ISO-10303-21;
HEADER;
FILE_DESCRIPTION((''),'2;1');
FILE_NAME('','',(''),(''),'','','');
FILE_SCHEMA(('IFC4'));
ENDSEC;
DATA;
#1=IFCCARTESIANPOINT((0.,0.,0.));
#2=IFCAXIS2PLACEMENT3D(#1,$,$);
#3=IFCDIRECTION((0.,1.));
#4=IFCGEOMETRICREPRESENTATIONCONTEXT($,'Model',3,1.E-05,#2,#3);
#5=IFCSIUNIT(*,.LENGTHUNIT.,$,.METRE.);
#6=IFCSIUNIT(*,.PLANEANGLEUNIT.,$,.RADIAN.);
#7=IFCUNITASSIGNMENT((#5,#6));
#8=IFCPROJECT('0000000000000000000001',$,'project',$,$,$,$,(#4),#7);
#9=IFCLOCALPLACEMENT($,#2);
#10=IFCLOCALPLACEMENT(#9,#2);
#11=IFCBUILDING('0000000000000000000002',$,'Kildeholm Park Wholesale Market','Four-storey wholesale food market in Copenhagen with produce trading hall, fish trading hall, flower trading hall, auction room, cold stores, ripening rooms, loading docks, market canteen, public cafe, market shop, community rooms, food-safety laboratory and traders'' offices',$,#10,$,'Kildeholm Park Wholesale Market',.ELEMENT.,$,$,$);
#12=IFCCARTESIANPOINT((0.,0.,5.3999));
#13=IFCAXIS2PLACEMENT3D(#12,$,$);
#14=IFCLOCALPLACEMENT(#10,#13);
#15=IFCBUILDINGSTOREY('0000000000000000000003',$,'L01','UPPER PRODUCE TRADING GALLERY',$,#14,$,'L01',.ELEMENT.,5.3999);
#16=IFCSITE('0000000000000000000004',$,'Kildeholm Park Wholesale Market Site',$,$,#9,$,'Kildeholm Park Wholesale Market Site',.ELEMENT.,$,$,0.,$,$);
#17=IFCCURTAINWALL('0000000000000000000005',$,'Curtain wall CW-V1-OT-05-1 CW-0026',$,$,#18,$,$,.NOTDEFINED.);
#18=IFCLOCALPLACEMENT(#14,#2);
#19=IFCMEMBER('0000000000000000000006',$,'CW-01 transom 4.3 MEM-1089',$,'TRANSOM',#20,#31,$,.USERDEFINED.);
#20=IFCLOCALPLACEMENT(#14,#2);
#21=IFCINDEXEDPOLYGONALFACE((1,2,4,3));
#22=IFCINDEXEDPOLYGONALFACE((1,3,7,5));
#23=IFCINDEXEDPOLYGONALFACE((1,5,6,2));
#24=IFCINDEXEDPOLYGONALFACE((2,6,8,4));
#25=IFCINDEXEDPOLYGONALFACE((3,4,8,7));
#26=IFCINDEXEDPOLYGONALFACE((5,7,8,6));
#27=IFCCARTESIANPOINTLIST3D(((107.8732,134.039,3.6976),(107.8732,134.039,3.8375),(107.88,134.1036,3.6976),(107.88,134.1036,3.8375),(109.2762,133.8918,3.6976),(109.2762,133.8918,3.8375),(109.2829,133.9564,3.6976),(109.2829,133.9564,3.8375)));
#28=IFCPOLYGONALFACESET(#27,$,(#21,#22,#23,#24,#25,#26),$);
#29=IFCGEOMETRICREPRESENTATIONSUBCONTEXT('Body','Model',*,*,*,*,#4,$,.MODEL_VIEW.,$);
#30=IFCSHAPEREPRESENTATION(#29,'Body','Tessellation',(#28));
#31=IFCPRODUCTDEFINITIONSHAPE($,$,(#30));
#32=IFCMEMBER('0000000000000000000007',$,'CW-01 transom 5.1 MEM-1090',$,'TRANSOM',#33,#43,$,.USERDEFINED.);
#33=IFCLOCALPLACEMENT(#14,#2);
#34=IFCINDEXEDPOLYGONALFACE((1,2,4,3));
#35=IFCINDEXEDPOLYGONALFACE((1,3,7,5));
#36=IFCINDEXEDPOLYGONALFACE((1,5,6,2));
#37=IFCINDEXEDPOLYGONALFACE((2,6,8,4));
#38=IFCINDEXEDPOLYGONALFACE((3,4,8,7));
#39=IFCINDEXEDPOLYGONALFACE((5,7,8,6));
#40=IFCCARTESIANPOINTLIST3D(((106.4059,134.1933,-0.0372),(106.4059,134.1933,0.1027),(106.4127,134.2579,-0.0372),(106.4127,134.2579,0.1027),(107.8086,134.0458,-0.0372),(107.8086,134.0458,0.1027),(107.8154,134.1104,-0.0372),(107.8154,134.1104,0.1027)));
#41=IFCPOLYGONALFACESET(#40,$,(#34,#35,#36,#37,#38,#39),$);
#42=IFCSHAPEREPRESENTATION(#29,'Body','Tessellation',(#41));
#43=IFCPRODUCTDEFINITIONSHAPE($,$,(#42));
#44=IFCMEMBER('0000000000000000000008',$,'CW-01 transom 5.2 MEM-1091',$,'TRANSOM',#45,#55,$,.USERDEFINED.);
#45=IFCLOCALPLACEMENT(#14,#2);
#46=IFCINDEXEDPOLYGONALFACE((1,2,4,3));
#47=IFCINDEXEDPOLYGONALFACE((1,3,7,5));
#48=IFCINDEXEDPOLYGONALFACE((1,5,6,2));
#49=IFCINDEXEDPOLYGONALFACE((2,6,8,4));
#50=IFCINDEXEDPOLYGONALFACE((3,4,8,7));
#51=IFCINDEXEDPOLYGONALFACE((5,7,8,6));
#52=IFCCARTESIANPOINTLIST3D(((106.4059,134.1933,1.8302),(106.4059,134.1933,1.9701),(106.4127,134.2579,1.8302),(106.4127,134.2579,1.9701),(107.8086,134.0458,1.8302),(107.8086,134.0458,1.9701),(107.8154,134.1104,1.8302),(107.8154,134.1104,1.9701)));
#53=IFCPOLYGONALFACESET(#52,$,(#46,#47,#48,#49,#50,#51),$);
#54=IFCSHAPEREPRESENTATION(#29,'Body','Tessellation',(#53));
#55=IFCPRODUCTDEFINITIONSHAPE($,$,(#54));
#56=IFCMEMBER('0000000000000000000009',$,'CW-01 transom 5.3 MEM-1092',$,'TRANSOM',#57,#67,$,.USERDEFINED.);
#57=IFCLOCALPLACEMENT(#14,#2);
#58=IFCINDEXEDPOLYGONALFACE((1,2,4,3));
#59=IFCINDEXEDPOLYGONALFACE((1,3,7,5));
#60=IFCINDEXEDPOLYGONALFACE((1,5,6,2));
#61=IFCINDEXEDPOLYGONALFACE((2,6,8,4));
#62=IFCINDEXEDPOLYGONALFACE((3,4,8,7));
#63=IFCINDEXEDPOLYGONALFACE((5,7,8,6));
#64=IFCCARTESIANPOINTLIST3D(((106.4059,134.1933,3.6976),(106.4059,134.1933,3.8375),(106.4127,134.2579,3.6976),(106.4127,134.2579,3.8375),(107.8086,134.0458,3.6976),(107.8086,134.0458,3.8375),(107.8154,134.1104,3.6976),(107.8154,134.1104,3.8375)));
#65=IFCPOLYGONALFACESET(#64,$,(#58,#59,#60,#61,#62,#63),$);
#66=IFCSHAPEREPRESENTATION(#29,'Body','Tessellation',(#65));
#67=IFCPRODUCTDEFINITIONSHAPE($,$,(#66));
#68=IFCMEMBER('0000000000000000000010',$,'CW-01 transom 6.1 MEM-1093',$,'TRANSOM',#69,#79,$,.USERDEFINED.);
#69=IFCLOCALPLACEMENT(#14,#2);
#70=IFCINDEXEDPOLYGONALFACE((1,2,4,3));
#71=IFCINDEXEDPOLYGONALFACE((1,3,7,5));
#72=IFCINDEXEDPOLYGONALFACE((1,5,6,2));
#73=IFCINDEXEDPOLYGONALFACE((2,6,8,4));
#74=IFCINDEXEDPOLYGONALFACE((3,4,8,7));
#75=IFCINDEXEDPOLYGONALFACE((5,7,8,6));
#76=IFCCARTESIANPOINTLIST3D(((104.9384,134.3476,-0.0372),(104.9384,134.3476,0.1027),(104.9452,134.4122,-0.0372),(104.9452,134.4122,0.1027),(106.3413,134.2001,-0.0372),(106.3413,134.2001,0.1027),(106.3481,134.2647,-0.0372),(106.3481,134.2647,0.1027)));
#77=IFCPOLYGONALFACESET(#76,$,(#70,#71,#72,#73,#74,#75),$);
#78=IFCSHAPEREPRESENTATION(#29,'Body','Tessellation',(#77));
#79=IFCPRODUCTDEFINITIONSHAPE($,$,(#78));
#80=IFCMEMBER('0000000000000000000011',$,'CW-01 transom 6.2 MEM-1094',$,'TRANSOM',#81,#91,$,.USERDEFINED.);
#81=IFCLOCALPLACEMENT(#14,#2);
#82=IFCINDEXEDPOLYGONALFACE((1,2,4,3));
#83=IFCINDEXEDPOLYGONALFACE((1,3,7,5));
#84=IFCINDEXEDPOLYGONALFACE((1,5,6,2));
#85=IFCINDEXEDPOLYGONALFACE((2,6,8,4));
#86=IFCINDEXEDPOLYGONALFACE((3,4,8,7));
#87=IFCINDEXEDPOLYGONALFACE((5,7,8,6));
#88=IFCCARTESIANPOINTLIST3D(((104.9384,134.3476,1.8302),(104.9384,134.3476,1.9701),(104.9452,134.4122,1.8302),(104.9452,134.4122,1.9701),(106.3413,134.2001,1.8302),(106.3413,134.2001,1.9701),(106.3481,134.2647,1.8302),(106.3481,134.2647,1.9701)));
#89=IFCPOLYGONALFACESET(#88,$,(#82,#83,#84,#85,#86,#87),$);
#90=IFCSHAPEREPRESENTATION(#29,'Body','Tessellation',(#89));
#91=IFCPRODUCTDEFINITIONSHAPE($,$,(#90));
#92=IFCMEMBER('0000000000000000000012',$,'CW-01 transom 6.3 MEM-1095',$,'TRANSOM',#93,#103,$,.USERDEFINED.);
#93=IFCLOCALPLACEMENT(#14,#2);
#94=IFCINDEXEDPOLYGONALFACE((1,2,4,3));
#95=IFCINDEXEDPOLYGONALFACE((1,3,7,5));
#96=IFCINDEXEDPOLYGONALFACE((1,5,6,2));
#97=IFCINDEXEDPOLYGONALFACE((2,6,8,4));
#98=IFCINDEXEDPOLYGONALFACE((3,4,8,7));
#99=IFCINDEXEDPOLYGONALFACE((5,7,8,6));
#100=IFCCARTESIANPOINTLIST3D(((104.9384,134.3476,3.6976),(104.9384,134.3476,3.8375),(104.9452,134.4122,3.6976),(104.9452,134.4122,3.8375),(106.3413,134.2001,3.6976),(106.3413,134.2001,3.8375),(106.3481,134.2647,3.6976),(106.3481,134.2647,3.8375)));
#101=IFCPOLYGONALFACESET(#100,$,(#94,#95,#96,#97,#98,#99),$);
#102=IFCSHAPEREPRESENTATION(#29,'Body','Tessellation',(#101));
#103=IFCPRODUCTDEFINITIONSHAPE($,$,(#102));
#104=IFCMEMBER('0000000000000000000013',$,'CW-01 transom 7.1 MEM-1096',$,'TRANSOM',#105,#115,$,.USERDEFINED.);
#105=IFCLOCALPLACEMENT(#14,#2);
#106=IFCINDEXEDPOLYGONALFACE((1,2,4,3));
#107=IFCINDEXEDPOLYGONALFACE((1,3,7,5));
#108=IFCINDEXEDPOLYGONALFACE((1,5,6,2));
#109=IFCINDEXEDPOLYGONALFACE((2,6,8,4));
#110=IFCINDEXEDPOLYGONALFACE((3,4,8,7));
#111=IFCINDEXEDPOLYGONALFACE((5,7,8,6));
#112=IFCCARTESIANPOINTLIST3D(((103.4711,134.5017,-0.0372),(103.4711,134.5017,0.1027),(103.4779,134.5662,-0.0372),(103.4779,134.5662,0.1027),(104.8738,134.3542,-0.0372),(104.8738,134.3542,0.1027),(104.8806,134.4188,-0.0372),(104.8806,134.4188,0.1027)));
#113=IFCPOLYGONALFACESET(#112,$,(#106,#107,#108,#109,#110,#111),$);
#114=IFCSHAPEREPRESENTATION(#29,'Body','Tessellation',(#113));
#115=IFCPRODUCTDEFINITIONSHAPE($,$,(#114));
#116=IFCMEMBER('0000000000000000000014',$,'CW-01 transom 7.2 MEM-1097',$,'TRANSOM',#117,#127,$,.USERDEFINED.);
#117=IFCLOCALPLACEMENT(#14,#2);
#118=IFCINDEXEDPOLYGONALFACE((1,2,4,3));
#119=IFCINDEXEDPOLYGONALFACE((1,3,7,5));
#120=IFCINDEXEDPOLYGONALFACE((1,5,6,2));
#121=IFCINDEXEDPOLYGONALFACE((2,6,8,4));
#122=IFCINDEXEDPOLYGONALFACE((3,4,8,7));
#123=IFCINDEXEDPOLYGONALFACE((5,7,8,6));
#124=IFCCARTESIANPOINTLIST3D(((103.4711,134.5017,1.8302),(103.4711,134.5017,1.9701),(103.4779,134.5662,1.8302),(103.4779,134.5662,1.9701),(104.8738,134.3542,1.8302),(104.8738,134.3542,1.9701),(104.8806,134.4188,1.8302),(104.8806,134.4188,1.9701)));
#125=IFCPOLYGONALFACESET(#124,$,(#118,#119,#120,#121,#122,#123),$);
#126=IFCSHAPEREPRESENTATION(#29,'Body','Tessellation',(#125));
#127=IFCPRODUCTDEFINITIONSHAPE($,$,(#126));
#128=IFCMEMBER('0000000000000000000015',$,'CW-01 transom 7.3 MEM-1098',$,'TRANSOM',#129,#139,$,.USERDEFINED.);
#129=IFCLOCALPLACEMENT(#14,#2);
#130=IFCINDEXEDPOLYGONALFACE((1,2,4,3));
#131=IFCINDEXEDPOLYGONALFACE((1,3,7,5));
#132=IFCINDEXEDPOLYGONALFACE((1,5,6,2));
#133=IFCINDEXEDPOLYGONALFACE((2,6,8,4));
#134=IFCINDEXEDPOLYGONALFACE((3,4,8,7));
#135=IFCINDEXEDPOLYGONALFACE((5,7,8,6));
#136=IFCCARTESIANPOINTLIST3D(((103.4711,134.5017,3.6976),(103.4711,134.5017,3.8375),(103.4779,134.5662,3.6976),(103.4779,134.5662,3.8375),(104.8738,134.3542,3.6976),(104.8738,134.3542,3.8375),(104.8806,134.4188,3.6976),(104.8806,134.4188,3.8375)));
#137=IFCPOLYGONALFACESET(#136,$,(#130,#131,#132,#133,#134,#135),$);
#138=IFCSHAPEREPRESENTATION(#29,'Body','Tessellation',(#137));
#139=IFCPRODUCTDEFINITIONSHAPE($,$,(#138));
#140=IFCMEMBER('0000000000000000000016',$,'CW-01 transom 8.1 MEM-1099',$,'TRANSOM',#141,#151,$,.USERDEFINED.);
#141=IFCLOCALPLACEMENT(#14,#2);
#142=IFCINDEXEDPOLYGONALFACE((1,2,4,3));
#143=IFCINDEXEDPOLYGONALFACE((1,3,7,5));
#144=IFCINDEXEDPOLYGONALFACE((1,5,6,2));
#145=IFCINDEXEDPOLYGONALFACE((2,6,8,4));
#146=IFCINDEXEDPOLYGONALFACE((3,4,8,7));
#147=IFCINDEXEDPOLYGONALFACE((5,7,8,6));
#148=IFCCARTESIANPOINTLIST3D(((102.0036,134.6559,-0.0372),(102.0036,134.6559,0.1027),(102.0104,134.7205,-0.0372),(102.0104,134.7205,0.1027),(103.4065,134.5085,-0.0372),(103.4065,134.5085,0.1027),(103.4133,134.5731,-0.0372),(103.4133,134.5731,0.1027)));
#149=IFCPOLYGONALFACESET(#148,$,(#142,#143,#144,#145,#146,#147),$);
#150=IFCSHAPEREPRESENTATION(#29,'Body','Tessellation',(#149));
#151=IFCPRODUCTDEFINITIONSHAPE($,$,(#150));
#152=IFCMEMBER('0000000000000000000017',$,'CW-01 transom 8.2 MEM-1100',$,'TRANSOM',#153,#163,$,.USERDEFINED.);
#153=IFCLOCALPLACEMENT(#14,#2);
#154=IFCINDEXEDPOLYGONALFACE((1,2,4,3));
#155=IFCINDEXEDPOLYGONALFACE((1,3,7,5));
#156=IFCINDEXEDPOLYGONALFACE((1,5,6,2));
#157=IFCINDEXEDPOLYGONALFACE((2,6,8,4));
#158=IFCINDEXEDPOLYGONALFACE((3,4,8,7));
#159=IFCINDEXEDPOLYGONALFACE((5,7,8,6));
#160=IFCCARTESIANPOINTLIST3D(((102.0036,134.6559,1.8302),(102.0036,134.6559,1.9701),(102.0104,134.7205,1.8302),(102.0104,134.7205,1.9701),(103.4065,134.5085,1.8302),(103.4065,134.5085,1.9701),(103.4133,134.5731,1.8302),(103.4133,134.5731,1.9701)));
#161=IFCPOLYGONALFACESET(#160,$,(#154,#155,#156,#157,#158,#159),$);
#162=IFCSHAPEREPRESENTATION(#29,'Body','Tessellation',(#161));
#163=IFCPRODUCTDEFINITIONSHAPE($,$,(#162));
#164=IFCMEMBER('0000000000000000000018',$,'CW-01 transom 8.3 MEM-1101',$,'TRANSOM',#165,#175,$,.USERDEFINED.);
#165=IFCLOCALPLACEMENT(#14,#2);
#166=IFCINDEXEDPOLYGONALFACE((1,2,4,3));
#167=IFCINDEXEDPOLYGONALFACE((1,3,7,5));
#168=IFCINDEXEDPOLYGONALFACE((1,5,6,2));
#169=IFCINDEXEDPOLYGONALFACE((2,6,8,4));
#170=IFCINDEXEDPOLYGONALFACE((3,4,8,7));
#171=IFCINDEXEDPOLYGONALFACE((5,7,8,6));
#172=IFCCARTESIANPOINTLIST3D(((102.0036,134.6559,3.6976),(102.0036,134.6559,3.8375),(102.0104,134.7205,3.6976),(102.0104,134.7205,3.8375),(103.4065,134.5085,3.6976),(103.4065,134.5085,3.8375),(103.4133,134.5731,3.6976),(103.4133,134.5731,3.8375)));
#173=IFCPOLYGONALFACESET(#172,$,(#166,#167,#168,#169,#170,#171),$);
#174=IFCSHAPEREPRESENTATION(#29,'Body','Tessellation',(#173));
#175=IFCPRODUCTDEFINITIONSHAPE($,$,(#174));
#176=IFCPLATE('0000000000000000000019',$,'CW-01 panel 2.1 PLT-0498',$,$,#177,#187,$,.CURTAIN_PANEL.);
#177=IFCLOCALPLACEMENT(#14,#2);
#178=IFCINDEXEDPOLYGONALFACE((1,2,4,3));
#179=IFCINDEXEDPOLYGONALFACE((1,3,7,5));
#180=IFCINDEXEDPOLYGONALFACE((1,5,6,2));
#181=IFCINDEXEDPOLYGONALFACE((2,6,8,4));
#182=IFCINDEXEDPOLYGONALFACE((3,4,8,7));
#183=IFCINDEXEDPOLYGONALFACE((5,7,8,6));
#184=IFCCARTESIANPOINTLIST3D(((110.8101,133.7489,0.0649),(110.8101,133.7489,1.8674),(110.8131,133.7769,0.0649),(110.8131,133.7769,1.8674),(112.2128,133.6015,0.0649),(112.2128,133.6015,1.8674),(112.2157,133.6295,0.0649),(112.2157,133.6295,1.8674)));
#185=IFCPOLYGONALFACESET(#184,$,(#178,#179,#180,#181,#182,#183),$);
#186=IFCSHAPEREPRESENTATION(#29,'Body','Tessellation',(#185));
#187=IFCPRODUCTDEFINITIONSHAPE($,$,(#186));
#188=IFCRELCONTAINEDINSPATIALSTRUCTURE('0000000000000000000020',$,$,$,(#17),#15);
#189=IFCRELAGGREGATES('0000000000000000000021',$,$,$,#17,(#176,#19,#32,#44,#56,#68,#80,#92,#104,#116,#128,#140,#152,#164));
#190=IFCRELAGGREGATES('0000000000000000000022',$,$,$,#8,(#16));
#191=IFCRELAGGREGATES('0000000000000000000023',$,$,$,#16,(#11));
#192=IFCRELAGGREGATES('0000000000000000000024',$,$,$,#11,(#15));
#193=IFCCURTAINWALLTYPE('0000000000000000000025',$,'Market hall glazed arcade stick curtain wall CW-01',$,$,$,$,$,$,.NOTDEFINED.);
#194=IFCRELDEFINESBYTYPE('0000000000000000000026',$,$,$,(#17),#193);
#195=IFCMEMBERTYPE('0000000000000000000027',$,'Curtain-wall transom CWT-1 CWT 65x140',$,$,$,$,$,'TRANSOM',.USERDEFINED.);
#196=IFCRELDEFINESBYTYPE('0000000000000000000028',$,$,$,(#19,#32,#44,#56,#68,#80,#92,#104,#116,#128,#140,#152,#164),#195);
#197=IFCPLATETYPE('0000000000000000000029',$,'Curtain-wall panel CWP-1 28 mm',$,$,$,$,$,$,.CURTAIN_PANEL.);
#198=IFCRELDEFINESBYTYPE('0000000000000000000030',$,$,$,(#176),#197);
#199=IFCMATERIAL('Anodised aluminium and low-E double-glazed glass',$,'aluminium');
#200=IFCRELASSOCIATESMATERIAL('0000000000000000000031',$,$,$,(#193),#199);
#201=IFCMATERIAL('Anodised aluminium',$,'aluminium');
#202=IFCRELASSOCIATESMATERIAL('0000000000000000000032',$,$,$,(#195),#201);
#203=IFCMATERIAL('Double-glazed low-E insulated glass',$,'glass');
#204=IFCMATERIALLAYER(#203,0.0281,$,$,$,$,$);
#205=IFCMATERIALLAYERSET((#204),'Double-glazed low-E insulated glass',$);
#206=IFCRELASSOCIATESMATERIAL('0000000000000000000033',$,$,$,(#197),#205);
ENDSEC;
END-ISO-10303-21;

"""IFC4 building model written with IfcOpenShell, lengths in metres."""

from ifc_helpers import new_model, si_unit, direction, frame, origin, origin_2d, place, context, subcontext, project, spatial, rectangle, extrude, material, layer, layer_set, material_profile, profile_set, type_object, element, aggregate, save


model = new_model("IFC4")

# Units and contexts
model_context = context("Model", 3, precision=1e-05, world=origin(), true_north=direction((0.0, 1.0)))
body_context = subcontext(model_context, "Body", "Model", "MODEL_VIEW")
ifc_project = project(units=[si_unit("LENGTHUNIT", "METRE"), si_unit("PLANEANGLEUNIT", "RADIAN")], contexts=[model_context])

# Site, building, storey
site_placement = place(None, origin())
site = spatial("IfcSite", under=ifc_project, at=site_placement, Name="Kildeholm Park Wholesale Market Site", LongName="Kildeholm Park Wholesale Market Site", CompositionType="ELEMENT", RefElevation=0.0)
building_placement = place(site_placement, origin())
building = spatial("IfcBuilding", under=site, at=building_placement, Name="Kildeholm Park Wholesale Market", Description="Four-storey wholesale food market in Copenhagen with produce trading hall, fish trading hall, flower trading hall, auction room, cold stores, ripening rooms, loading docks, market canteen, public cafe, market shop, community rooms, food-safety laboratory and traders' offices", LongName="Kildeholm Park Wholesale Market", CompositionType="ELEMENT")
storey_placement = place(building_placement, frame((0.0, 0.0, 5.3999)))
storey = spatial("IfcBuildingStorey", under=building, at=storey_placement, Name="L01", Description="UPPER PRODUCE TRADING GALLERY", LongName="L01", CompositionType="ELEMENT", Elevation=5.3999)

# Curtain wall, members, plate
ifc_material_1 = material(Name="Anodised aluminium and low-E double-glazed glass", Category="aluminium")
curtain_wall_type = type_object("IfcCurtainWallType", Name="Market hall glazed arcade stick curtain wall CW-01", PredefinedType="NOTDEFINED", material=ifc_material_1)
curtain_wall_placement = place(storey_placement, origin())
curtain_wall = element("IfcCurtainWall", 1, at=curtain_wall_placement, inside=storey, type_object=curtain_wall_type, Name="Curtain wall CW-V1-OT-05-1 CW-0026", PredefinedType="NOTDEFINED")
ifc_material_2 = material(Name="Anodised aluminium", Category="aluminium")
ifc_material_profile_1 = material_profile(ifc_material_2, rectangle(XDim=0.0649, YDim=0.1399, at=origin_2d()), Name="CWT 65x140")
ifc_profile_set_1 = profile_set([ifc_material_profile_1], Name="Anodised aluminium")
member_type_1 = type_object("IfcMemberType", Name="Curtain-wall transom CWT-1 CWT 65x140", ElementType="TRANSOM", PredefinedType="USERDEFINED", material=ifc_profile_set_1)
member_1_placement = place(storey_placement, frame((109.2795, 133.9241, 3.7676), z_axis=(-0.994539, 0.104369, 0.0), x_axis=(-0.104369, -0.994539, 0.0)))
member_1 = element("IfcMember", 2, at=member_1_placement, type_object=member_type_1, Name="CW-01 transom 4.3 MEM-1089", ObjectType="TRANSOM", PredefinedType="USERDEFINED", context=body_context, shape_type="SweptSolid", body=[
    extrude(rectangle(XDim=0.0649, YDim=0.1399, at=origin_2d()), origin(), (0.0, 0.0, 1.0), 1.4106),
])
member_2_placement = place(storey_placement, frame((107.812, 134.0781, 0.0327), z_axis=(-0.994519, 0.104559, 0.0), x_axis=(-0.104559, -0.994519, 0.0)))
member_2 = element("IfcMember", 3, at=member_2_placement, type_object=member_type_1, Name="CW-01 transom 5.1 MEM-1090", ObjectType="TRANSOM", PredefinedType="USERDEFINED", context=body_context, shape_type="SweptSolid", body=[
    extrude(rectangle(XDim=0.0649, YDim=0.1399, at=origin_2d()), origin(), (0.0, 0.0, 1.0), 1.4104),
])
member_3_placement = place(storey_placement, frame((107.812, 134.0781, 1.9001), z_axis=(-0.994519, 0.104559, 0.0), x_axis=(-0.104559, -0.994519, 0.0)))
member_3 = element("IfcMember", 4, at=member_3_placement, type_object=member_type_1, Name="CW-01 transom 5.2 MEM-1091", ObjectType="TRANSOM", PredefinedType="USERDEFINED", context=body_context, shape_type="SweptSolid", body=[
    extrude(rectangle(XDim=0.0649, YDim=0.1399, at=origin_2d()), origin(), (0.0, 0.0, 1.0), 1.4104),
])
member_4_placement = place(storey_placement, frame((107.812, 134.0781, 3.7676), z_axis=(-0.994519, 0.104559, 0.0), x_axis=(-0.104559, -0.994519, 0.0)))
member_4 = element("IfcMember", 5, at=member_4_placement, type_object=member_type_1, Name="CW-01 transom 5.3 MEM-1092", ObjectType="TRANSOM", PredefinedType="USERDEFINED", context=body_context, shape_type="SweptSolid", body=[
    extrude(rectangle(XDim=0.0649, YDim=0.1399, at=origin_2d()), origin(), (0.0, 0.0, 1.0), 1.4104),
])
member_5_placement = place(storey_placement, frame((106.3447, 134.2324, 0.0327), z_axis=(-0.994521, 0.104541, 0.0), x_axis=(-0.104541, -0.994521, 0.0)))
member_5 = element("IfcMember", 6, at=member_5_placement, type_object=member_type_1, Name="CW-01 transom 6.1 MEM-1093", ObjectType="TRANSOM", PredefinedType="USERDEFINED", context=body_context, shape_type="SweptSolid", body=[
    extrude(rectangle(XDim=0.0649, YDim=0.1399, at=origin_2d()), origin(), (0.0, 0.0, 1.0), 1.4106),
])
member_6_placement = place(storey_placement, frame((106.3447, 134.2324, 1.9001), z_axis=(-0.994521, 0.104541, 0.0), x_axis=(-0.104541, -0.994521, 0.0)))
member_6 = element("IfcMember", 7, at=member_6_placement, type_object=member_type_1, Name="CW-01 transom 6.2 MEM-1094", ObjectType="TRANSOM", PredefinedType="USERDEFINED", context=body_context, shape_type="SweptSolid", body=[
    extrude(rectangle(XDim=0.0649, YDim=0.1399, at=origin_2d()), origin(), (0.0, 0.0, 1.0), 1.4106),
])
member_7_placement = place(storey_placement, frame((106.3447, 134.2324, 3.7676), z_axis=(-0.994521, 0.104541, 0.0), x_axis=(-0.104541, -0.994521, 0.0)))
member_7 = element("IfcMember", 8, at=member_7_placement, type_object=member_type_1, Name="CW-01 transom 6.3 MEM-1095", ObjectType="TRANSOM", PredefinedType="USERDEFINED", context=body_context, shape_type="SweptSolid", body=[
    extrude(rectangle(XDim=0.0649, YDim=0.1399, at=origin_2d()), origin(), (0.0, 0.0, 1.0), 1.4106),
])
member_8_placement = place(storey_placement, frame((104.8772, 134.3865, 0.0327), z_axis=(-0.994519, 0.104559, 0.0), x_axis=(-0.104559, -0.994519, 0.0)))
member_8 = element("IfcMember", 9, at=member_8_placement, type_object=member_type_1, Name="CW-01 transom 7.1 MEM-1096", ObjectType="TRANSOM", PredefinedType="USERDEFINED", context=body_context, shape_type="SweptSolid", body=[
    extrude(rectangle(XDim=0.0649, YDim=0.1399, at=origin_2d()), origin(), (0.0, 0.0, 1.0), 1.4104),
])
member_9_placement = place(storey_placement, frame((104.8772, 134.3865, 1.9001), z_axis=(-0.994519, 0.104559, 0.0), x_axis=(-0.104559, -0.994519, 0.0)))
member_9 = element("IfcMember", 10, at=member_9_placement, type_object=member_type_1, Name="CW-01 transom 7.2 MEM-1097", ObjectType="TRANSOM", PredefinedType="USERDEFINED", context=body_context, shape_type="SweptSolid", body=[
    extrude(rectangle(XDim=0.0649, YDim=0.1399, at=origin_2d()), origin(), (0.0, 0.0, 1.0), 1.4104),
])
member_10_placement = place(storey_placement, frame((104.8772, 134.3865, 3.7676), z_axis=(-0.994519, 0.104559, 0.0), x_axis=(-0.104559, -0.994519, 0.0)))
member_10 = element("IfcMember", 11, at=member_10_placement, type_object=member_type_1, Name="CW-01 transom 7.3 MEM-1098", ObjectType="TRANSOM", PredefinedType="USERDEFINED", context=body_context, shape_type="SweptSolid", body=[
    extrude(rectangle(XDim=0.0649, YDim=0.1399, at=origin_2d()), origin(), (0.0, 0.0, 1.0), 1.4104),
])
member_11_placement = place(storey_placement, frame((103.4099, 134.5408, 0.0327), z_axis=(-0.994521, 0.104541, 0.0), x_axis=(-0.104541, -0.994521, 0.0)))
member_11 = element("IfcMember", 12, at=member_11_placement, type_object=member_type_1, Name="CW-01 transom 8.1 MEM-1099", ObjectType="TRANSOM", PredefinedType="USERDEFINED", context=body_context, shape_type="SweptSolid", body=[
    extrude(rectangle(XDim=0.0649, YDim=0.1399, at=origin_2d()), origin(), (0.0, 0.0, 1.0), 1.4106),
])
member_12_placement = place(storey_placement, frame((103.4099, 134.5408, 1.9001), z_axis=(-0.994521, 0.104541, 0.0), x_axis=(-0.104541, -0.994521, 0.0)))
member_12 = element("IfcMember", 13, at=member_12_placement, type_object=member_type_1, Name="CW-01 transom 8.2 MEM-1100", ObjectType="TRANSOM", PredefinedType="USERDEFINED", context=body_context, shape_type="SweptSolid", body=[
    extrude(rectangle(XDim=0.0649, YDim=0.1399, at=origin_2d()), origin(), (0.0, 0.0, 1.0), 1.4106),
])
member_13_placement = place(storey_placement, frame((103.4099, 134.5408, 3.7676), z_axis=(-0.994521, 0.104541, 0.0), x_axis=(-0.104541, -0.994521, 0.0)))
member_13 = element("IfcMember", 14, at=member_13_placement, type_object=member_type_1, Name="CW-01 transom 8.3 MEM-1101", ObjectType="TRANSOM", PredefinedType="USERDEFINED", context=body_context, shape_type="SweptSolid", body=[
    extrude(rectangle(XDim=0.0649, YDim=0.1399, at=origin_2d()), origin(), (0.0, 0.0, 1.0), 1.4106),
])
ifc_material_3 = material(Name="Double-glazed low-E insulated glass", Category="glass")
ifc_layer = layer(ifc_material_3, 0.0281)
ifc_layer_set = layer_set([ifc_layer], Name="Double-glazed low-E insulated glass")
plate_type = type_object("IfcPlateType", Name="Curtain-wall panel CWP-1 28 mm", PredefinedType="CURTAIN_PANEL", material=ifc_layer_set)
plate_1_placement = place(storey_placement, frame((111.5129, 133.6892, 0.0649), z_axis=(0.0, 0.0, 1.0), x_axis=(-0.994524, 0.104508, 0.0)))
plate_1 = element("IfcPlate", 15, at=plate_1_placement, type_object=plate_type, Name="CW-01 panel 2.1 PLT-0498", PredefinedType="CURTAIN_PANEL", context=body_context, shape_type="SweptSolid", body=[
    extrude(rectangle(XDim=1.4104, YDim=0.0281, at=origin_2d()), origin(), (0.0, 0.0, 1.0), 1.8025),
])
aggregate(curtain_wall, [plate_1, member_1, member_2, member_3, member_4, member_5, member_6, member_7, member_8, member_9, member_10, member_11, member_12, member_13])

save(model, "model.ifc")
